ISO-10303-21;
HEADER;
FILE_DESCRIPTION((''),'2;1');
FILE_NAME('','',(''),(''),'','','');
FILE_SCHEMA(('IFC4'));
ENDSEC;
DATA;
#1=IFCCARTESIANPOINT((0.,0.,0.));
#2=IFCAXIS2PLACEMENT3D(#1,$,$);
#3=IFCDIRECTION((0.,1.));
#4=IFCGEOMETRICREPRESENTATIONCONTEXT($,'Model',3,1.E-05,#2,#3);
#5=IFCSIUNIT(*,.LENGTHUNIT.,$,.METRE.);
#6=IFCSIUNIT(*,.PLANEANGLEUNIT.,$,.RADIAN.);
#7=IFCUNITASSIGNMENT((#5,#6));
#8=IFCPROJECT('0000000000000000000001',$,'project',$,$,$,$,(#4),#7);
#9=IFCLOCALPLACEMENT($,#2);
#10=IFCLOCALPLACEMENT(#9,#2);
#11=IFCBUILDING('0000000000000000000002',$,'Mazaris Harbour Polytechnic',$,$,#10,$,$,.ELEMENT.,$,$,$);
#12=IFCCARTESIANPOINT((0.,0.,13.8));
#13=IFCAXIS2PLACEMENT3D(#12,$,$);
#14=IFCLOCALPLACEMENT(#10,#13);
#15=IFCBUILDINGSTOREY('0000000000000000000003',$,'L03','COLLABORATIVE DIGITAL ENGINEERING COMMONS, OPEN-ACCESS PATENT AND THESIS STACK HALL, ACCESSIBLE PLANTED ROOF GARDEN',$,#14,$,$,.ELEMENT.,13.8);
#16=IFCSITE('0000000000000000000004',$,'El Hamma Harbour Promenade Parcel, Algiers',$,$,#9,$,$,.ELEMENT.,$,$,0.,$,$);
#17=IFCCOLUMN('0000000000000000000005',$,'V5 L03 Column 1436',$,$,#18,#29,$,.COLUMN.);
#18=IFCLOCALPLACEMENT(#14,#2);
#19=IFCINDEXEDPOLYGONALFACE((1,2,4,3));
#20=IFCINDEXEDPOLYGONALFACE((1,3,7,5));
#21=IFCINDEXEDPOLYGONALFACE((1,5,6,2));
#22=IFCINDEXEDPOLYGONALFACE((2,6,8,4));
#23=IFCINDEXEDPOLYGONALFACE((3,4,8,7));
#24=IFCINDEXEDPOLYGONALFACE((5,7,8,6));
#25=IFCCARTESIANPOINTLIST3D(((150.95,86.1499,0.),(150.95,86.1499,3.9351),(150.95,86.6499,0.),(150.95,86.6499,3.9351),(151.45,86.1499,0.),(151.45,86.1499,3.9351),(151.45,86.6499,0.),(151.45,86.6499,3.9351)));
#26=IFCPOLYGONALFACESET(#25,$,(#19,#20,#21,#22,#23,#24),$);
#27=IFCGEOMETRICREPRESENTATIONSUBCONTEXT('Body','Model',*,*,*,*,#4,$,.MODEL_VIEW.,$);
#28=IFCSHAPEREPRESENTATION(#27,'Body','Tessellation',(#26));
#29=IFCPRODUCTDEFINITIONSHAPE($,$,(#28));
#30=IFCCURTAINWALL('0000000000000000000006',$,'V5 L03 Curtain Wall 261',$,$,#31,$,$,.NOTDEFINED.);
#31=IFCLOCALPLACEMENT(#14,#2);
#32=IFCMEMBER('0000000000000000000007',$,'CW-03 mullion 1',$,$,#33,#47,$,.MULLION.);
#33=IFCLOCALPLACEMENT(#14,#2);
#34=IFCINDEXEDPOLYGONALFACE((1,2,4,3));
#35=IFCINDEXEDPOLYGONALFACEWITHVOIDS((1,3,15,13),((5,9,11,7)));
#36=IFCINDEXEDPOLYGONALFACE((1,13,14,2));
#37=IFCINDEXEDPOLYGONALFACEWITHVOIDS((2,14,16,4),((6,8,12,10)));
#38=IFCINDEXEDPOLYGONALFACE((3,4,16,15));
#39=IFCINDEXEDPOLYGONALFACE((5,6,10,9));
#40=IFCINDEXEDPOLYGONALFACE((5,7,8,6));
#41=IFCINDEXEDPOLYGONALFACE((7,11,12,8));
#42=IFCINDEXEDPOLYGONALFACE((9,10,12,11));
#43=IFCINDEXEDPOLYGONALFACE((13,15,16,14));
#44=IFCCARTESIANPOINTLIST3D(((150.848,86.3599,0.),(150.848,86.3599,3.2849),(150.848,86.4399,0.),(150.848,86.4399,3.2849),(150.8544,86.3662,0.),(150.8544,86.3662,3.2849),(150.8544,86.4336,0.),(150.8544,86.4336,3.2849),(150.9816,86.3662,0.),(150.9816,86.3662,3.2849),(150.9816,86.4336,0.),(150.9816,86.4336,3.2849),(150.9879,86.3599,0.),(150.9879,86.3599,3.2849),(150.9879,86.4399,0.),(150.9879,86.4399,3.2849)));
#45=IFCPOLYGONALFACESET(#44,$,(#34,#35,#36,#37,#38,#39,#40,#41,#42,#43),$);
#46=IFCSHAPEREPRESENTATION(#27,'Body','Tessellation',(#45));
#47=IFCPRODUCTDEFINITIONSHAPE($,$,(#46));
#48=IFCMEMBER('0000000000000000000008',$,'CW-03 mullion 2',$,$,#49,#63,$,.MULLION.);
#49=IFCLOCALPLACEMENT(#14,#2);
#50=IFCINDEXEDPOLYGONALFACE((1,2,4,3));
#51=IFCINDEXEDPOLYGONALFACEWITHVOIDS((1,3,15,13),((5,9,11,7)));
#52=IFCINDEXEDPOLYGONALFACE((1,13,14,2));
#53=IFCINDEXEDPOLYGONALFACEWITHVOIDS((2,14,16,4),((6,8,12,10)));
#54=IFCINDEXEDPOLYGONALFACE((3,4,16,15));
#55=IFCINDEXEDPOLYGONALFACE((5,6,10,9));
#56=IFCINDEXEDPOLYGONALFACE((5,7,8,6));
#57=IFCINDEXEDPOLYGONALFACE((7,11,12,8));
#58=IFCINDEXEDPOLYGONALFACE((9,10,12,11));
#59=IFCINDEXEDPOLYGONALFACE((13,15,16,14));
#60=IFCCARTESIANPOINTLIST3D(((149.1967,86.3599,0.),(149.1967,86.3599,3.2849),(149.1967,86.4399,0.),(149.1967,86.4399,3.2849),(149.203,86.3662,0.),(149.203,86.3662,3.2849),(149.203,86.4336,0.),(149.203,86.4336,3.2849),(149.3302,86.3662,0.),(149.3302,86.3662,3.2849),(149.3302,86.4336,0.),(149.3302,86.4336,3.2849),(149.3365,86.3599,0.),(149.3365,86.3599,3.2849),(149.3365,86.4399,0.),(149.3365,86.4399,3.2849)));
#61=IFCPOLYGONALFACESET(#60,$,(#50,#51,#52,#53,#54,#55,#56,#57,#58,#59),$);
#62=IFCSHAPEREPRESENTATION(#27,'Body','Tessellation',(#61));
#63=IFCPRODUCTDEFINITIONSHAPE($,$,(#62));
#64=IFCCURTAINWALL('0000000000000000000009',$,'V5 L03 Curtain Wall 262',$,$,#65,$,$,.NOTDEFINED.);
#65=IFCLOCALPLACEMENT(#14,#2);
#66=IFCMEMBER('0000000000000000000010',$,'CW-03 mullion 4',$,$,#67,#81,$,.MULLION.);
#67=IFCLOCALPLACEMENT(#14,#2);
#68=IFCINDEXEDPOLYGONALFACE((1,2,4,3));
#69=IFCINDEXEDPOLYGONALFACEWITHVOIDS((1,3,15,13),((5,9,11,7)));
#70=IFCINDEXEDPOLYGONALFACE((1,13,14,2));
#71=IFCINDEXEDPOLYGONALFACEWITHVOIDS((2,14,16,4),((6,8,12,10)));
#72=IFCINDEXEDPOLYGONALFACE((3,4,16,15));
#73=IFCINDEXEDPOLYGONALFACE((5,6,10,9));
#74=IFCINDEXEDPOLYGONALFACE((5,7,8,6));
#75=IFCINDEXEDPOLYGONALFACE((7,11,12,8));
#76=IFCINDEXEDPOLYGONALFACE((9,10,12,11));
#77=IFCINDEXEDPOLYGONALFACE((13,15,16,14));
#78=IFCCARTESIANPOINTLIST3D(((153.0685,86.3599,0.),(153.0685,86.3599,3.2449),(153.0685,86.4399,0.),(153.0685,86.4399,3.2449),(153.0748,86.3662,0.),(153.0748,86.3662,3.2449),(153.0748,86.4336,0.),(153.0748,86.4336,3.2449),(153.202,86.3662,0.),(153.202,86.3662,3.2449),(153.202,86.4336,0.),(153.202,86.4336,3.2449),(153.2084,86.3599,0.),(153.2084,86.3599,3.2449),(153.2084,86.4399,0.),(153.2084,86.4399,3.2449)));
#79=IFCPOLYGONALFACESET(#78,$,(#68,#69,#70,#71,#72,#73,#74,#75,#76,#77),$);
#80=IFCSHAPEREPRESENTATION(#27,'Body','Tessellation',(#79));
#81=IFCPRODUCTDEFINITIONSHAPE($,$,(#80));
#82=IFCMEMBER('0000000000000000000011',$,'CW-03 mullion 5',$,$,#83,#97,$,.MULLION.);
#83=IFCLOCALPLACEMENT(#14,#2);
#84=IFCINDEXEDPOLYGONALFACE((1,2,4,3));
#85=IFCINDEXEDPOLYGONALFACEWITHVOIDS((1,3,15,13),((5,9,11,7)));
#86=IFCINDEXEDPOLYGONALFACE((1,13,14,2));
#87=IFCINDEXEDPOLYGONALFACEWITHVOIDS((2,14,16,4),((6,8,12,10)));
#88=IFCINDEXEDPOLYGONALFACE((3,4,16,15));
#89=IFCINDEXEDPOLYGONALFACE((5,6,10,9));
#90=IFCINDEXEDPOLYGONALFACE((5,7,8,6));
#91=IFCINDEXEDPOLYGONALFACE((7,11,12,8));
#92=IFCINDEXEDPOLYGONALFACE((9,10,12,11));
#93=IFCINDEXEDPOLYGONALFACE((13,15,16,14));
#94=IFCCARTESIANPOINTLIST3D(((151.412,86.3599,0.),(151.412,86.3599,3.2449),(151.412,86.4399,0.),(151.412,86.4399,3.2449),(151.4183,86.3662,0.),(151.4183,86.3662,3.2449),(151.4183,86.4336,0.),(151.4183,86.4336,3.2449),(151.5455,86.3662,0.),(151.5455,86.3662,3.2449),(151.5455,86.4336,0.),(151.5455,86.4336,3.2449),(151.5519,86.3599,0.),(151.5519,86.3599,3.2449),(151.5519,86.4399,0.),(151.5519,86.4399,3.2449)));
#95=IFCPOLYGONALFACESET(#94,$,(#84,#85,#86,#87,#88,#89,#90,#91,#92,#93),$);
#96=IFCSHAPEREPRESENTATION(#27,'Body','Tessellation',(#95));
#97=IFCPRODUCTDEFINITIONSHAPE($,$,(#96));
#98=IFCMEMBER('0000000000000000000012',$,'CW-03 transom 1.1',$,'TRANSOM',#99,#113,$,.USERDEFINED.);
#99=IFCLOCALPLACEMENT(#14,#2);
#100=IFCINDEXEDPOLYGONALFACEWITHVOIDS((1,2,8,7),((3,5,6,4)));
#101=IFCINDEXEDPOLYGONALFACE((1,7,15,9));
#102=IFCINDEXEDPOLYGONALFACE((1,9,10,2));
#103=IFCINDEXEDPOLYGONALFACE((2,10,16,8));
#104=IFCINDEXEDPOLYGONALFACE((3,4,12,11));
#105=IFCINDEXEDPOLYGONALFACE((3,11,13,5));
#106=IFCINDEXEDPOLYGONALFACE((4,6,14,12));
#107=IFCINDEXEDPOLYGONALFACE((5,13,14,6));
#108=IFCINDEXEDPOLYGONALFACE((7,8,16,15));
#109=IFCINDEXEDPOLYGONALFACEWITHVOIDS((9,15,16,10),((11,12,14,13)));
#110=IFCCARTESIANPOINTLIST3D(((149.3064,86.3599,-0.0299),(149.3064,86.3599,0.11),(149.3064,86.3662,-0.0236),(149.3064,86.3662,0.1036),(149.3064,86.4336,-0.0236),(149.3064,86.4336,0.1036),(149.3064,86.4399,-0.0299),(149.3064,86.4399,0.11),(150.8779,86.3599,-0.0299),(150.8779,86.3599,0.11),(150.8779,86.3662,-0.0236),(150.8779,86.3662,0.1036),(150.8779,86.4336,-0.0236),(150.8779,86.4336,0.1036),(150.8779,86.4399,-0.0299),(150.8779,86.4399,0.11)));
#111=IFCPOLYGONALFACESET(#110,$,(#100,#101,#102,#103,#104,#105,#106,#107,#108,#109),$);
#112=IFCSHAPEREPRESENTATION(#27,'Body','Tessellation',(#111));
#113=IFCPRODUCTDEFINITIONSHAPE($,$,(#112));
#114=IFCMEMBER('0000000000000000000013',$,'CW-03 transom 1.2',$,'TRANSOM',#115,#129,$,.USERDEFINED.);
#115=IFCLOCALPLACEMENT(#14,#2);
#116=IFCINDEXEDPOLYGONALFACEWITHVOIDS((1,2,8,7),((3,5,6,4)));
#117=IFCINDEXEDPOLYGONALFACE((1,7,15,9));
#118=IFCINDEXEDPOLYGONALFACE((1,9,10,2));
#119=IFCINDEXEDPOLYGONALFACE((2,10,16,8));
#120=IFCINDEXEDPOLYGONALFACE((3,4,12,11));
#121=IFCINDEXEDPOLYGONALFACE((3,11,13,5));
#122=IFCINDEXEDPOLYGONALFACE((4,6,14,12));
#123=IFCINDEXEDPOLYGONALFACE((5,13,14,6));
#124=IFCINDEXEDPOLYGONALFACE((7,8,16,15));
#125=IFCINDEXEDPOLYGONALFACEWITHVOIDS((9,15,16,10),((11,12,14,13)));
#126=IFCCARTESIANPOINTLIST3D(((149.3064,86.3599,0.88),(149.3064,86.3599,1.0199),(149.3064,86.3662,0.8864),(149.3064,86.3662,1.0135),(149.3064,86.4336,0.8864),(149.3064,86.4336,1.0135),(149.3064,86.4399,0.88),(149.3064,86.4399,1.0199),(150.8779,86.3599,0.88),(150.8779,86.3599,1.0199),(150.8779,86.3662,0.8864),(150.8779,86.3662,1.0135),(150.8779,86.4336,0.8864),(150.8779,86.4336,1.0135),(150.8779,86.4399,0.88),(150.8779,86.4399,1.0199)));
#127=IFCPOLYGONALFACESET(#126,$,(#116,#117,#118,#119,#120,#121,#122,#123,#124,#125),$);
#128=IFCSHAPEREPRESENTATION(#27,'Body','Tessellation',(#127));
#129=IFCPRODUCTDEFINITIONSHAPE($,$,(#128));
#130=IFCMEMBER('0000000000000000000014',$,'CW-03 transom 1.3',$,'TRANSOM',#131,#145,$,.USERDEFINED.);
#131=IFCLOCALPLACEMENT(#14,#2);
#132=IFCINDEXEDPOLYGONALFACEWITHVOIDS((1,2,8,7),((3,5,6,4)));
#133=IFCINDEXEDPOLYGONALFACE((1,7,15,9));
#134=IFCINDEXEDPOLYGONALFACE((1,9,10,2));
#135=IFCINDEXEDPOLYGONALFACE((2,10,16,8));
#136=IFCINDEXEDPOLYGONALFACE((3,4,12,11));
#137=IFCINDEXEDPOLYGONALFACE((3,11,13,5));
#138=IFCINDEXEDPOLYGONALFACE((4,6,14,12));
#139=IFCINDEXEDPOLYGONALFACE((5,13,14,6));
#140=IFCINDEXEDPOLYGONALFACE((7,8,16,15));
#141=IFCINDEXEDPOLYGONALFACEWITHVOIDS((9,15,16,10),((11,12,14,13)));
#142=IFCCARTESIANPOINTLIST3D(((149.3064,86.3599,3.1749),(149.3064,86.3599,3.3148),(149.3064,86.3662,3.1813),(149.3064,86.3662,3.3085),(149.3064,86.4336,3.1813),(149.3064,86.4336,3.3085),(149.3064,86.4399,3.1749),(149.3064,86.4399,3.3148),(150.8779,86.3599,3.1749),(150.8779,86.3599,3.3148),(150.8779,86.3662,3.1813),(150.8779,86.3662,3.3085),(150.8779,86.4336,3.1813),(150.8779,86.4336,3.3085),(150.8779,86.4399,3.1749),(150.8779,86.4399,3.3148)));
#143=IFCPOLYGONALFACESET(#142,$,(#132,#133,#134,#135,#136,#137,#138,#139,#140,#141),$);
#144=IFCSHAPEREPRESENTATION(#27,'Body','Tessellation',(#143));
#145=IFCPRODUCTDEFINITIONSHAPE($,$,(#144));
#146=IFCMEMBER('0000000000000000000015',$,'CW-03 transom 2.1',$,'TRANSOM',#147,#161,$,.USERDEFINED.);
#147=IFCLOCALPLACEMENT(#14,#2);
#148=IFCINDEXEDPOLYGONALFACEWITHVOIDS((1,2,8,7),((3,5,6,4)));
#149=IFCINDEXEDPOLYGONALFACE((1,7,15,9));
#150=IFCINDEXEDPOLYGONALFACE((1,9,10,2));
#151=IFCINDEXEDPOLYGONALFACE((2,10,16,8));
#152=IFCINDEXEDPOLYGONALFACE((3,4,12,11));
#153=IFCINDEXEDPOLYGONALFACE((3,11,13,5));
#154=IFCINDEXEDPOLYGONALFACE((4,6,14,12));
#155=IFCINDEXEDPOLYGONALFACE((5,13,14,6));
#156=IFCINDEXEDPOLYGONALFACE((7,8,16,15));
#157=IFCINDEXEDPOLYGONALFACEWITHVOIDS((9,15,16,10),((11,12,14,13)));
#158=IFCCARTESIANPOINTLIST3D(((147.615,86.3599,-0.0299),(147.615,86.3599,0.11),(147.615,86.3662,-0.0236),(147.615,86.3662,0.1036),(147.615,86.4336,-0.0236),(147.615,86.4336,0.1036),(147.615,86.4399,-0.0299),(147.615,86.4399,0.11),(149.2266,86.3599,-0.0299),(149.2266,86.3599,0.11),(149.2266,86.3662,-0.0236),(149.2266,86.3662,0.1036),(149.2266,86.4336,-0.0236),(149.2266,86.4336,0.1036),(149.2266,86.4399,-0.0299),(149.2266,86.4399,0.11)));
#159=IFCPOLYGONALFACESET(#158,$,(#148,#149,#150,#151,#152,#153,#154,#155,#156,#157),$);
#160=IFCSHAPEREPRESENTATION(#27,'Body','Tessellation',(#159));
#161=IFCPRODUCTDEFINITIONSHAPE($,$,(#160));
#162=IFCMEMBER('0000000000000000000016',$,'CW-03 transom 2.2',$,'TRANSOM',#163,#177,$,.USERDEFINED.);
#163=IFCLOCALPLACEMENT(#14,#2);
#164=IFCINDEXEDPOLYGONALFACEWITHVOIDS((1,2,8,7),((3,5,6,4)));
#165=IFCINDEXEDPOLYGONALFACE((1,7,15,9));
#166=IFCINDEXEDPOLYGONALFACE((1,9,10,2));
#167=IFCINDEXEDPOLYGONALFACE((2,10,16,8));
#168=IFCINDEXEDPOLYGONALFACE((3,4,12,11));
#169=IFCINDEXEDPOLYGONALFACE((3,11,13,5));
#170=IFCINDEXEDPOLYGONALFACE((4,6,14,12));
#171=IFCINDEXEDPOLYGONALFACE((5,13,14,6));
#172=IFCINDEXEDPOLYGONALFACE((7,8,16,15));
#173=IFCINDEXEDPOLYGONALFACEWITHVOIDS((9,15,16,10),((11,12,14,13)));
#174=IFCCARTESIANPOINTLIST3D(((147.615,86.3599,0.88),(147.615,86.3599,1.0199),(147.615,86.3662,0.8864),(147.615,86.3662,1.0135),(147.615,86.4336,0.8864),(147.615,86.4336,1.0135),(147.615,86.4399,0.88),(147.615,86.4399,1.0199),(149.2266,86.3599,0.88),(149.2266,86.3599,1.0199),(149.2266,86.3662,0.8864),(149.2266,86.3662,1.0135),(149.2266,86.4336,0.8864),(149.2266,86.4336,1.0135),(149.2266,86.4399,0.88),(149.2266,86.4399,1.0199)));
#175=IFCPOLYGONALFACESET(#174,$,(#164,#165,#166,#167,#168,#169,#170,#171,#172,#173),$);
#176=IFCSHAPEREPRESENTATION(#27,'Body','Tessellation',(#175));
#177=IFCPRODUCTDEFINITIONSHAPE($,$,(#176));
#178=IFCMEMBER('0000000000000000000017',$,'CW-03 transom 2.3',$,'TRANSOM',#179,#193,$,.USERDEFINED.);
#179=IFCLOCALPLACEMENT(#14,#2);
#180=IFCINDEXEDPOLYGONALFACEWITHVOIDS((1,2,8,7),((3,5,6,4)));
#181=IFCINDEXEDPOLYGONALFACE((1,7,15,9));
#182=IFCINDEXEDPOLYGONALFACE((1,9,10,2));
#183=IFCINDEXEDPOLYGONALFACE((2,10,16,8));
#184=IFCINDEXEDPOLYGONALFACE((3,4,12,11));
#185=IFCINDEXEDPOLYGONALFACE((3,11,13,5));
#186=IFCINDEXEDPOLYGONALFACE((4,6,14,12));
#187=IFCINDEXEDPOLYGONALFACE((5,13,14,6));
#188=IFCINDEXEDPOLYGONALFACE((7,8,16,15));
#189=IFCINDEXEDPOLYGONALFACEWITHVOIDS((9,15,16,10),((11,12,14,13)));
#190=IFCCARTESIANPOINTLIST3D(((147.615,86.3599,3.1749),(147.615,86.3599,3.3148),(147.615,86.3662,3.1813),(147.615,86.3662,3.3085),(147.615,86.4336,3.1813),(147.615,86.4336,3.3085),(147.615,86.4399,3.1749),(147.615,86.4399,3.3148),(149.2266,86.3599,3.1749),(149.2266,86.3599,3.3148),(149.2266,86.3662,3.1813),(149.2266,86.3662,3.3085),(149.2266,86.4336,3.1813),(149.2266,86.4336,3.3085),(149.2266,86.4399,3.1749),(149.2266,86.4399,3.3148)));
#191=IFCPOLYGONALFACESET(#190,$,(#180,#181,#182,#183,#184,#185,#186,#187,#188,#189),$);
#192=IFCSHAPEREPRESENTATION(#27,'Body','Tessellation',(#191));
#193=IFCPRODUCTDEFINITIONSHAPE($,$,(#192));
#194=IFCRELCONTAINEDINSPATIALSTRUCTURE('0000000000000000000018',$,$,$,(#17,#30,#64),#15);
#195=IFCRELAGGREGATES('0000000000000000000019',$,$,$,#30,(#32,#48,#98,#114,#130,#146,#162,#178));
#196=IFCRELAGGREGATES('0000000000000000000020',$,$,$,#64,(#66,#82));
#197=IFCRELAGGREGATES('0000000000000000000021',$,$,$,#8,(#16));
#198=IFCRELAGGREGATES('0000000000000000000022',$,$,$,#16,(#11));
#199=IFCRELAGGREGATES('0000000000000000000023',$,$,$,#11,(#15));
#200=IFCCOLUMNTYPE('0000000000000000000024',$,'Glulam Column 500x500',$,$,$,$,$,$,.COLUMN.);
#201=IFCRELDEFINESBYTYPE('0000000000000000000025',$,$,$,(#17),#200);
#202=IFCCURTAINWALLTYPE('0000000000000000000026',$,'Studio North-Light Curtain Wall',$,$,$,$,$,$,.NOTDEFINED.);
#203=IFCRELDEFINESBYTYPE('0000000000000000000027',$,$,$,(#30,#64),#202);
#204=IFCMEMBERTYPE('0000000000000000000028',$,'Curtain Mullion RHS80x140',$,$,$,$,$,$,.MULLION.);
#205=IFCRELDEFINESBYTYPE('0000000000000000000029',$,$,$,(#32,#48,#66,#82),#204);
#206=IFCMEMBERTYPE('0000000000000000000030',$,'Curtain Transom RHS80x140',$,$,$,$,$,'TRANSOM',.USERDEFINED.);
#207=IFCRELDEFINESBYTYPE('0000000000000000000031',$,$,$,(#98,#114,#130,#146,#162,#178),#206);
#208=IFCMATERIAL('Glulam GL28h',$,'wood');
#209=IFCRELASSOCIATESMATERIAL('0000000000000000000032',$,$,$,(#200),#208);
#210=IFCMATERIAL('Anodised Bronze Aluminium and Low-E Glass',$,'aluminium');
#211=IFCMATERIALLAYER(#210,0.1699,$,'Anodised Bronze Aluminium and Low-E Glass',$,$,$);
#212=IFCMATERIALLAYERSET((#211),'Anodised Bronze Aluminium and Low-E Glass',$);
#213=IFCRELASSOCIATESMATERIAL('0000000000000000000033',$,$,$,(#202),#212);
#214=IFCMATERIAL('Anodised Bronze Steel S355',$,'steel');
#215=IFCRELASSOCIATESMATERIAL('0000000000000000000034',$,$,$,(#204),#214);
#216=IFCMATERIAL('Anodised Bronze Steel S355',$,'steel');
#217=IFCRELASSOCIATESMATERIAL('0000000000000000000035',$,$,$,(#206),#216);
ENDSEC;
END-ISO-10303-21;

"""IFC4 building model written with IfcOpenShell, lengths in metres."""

from ifc_helpers import new_model, si_unit, direction, frame, origin, origin_2d, place, context, subcontext, project, spatial, rectangle, hollow_rectangle, extrude, material, layer, layer_set, material_profile, profile_set, type_object, element, aggregate, save


model = new_model("IFC4")

# Units and contexts
model_context = context("Model", 3, precision=1e-05, world=origin(), true_north=direction((0.0, 1.0)))
body_context = subcontext(model_context, "Body", "Model", "MODEL_VIEW")
ifc_project = project(units=[si_unit("LENGTHUNIT", "METRE"), si_unit("PLANEANGLEUNIT", "RADIAN")], contexts=[model_context])

# Site, building, storey
site_placement = place(None, origin())
site = spatial("IfcSite", under=ifc_project, at=site_placement, Name="El Hamma Harbour Promenade Parcel, Algiers", CompositionType="ELEMENT", RefElevation=0.0)
building_placement = place(site_placement, origin())
building = spatial("IfcBuilding", under=site, at=building_placement, Name="Mazaris Harbour Polytechnic", CompositionType="ELEMENT")
storey_placement = place(building_placement, frame((0.0, 0.0, 13.8)))
storey = spatial("IfcBuildingStorey", under=building, at=storey_placement, Name="L03", Description="COLLABORATIVE DIGITAL ENGINEERING COMMONS, OPEN-ACCESS PATENT AND THESIS STACK HALL, ACCESSIBLE PLANTED ROOF GARDEN", CompositionType="ELEMENT", Elevation=13.8)

# Column
ifc_material_1 = material(Name="Glulam GL28h", Category="wood")
ifc_material_profile_1 = material_profile(ifc_material_1, rectangle(XDim=0.5, YDim=0.5, at=origin_2d()), Name="RECT500x500")
ifc_profile_set_1 = profile_set([ifc_material_profile_1], Name="Glulam GL28h")
column_type = type_object("IfcColumnType", Name="Glulam Column 500x500", PredefinedType="COLUMN", material=ifc_profile_set_1)
column_placement = place(storey_placement, frame((151.2, 86.3999, 0.0), z_axis=(0.0, 0.0, 1.0), x_axis=(1.0, 0.0, 0.0)))
element("IfcColumn", 1, at=column_placement, inside=storey, type_object=column_type, Name="V5 L03 Column 1436", PredefinedType="COLUMN", context=body_context, shape_type="SweptSolid", body=[
    extrude(rectangle(XDim=0.5, YDim=0.5, at=origin_2d()), origin(), (0.0, 0.0, 1.0), 3.9351),
])

# Curtain walls, members
ifc_material_2 = material(Name="Anodised Bronze Aluminium and Low-E Glass", Category="aluminium")
ifc_layer_1 = layer(ifc_material_2, 0.1699, Name="Anodised Bronze Aluminium and Low-E Glass")
ifc_layer_set_1 = layer_set([ifc_layer_1], Name="Anodised Bronze Aluminium and Low-E Glass")
curtain_wall_type = type_object("IfcCurtainWallType", Name="Studio North-Light Curtain Wall", PredefinedType="NOTDEFINED", material=ifc_layer_set_1)
curtain_wall_1_placement = place(storey_placement, origin())
curtain_wall_1 = element("IfcCurtainWall", 2, at=curtain_wall_1_placement, inside=storey, type_object=curtain_wall_type, Name="V5 L03 Curtain Wall 261", PredefinedType="NOTDEFINED")
ifc_material_3 = material(Name="Anodised Bronze Steel S355", Category="steel")
ifc_material_profile_2 = material_profile(ifc_material_3, hollow_rectangle(XDim=0.0801, YDim=0.1399, WallThickness=0.0063, at=origin_2d()), Name="RHS 80x140x6.3")
ifc_profile_set_2 = profile_set([ifc_material_profile_2], Name="Anodised Bronze Steel S355")
member_type_1 = type_object("IfcMemberType", Name="Curtain Mullion RHS80x140", PredefinedType="MULLION", material=ifc_profile_set_2)
member_1_placement = place(storey_placement, frame((150.918, 86.3999, 0.0), z_axis=(0.0, 0.0, 1.0), x_axis=(0.0, -1.0, 0.0)))
member_1 = element("IfcMember", 3, at=member_1_placement, type_object=member_type_1, Name="CW-03 mullion 1", PredefinedType="MULLION", context=body_context, shape_type="SweptSolid", body=[
    extrude(hollow_rectangle(XDim=0.0801, YDim=0.1399, WallThickness=0.0063, at=origin_2d()), origin(), (0.0, 0.0, 1.0), 3.2849),
])
member_2_placement = place(storey_placement, frame((149.2666, 86.3999, 0.0), z_axis=(0.0, 0.0, 1.0), x_axis=(0.0, -1.0, 0.0)))
member_2 = element("IfcMember", 4, at=member_2_placement, type_object=member_type_1, Name="CW-03 mullion 2", PredefinedType="MULLION", context=body_context, shape_type="SweptSolid", body=[
    extrude(hollow_rectangle(XDim=0.0801, YDim=0.1399, WallThickness=0.0063, at=origin_2d()), origin(), (0.0, 0.0, 1.0), 3.2849),
])
curtain_wall_2_placement = place(storey_placement, origin())
curtain_wall_2 = element("IfcCurtainWall", 5, at=curtain_wall_2_placement, inside=storey, type_object=curtain_wall_type, Name="V5 L03 Curtain Wall 262", PredefinedType="NOTDEFINED")
member_3_placement = place(storey_placement, frame((153.1384, 86.3999, 0.0), z_axis=(0.0, 0.0, 1.0), x_axis=(0.0, -1.0, 0.0)))
member_3 = element("IfcMember", 6, at=member_3_placement, type_object=member_type_1, Name="CW-03 mullion 4", PredefinedType="MULLION", context=body_context, shape_type="SweptSolid", body=[
    extrude(hollow_rectangle(XDim=0.0801, YDim=0.1399, WallThickness=0.0063, at=origin_2d()), origin(), (0.0, 0.0, 1.0), 3.2449),
])
member_4_placement = place(storey_placement, frame((151.4819, 86.3999, 0.0), z_axis=(0.0, 0.0, 1.0), x_axis=(0.0, -1.0, 0.0)))
member_4 = element("IfcMember", 7, at=member_4_placement, type_object=member_type_1, Name="CW-03 mullion 5", PredefinedType="MULLION", context=body_context, shape_type="SweptSolid", body=[
    extrude(hollow_rectangle(XDim=0.0801, YDim=0.1399, WallThickness=0.0063, at=origin_2d()), origin(), (0.0, 0.0, 1.0), 3.2449),
])

# Members
ifc_material_4 = material(Name="Anodised Bronze Steel S355", Category="steel")
ifc_material_profile_3 = material_profile(ifc_material_4, hollow_rectangle(XDim=0.0801, YDim=0.1399, WallThickness=0.0063, at=origin_2d()), Name="RHS 80x140x6.3")
ifc_profile_set_3 = profile_set([ifc_material_profile_3], Name="Anodised Bronze Steel S355")
member_type_2 = type_object("IfcMemberType", Name="Curtain Transom RHS80x140", ElementType="TRANSOM", PredefinedType="USERDEFINED", material=ifc_profile_set_3)
member_5_placement = place(storey_placement, frame((150.8779, 86.3999, 0.04), z_axis=(-1.0, 0.0, 0.0), x_axis=(0.0, -1.0, 0.0)))
member_5 = element("IfcMember", 8, at=member_5_placement, type_object=member_type_2, Name="CW-03 transom 1.1", ObjectType="TRANSOM", PredefinedType="USERDEFINED", context=body_context, shape_type="SweptSolid", body=[
    extrude(hollow_rectangle(XDim=0.0801, YDim=0.1399, WallThickness=0.0063, at=origin_2d()), origin(), (0.0, 0.0, 1.0), 1.5715),
])
member_6_placement = place(storey_placement, frame((150.8779, 86.3999, 0.95), z_axis=(-1.0, 0.0, 0.0), x_axis=(0.0, -1.0, 0.0)))
member_6 = element("IfcMember", 9, at=member_6_placement, type_object=member_type_2, Name="CW-03 transom 1.2", ObjectType="TRANSOM", PredefinedType="USERDEFINED", context=body_context, shape_type="SweptSolid", body=[
    extrude(hollow_rectangle(XDim=0.0801, YDim=0.1399, WallThickness=0.0063, at=origin_2d()), origin(), (0.0, 0.0, 1.0), 1.5715),
])
member_7_placement = place(storey_placement, frame((150.8779, 86.3999, 3.2449), z_axis=(-1.0, 0.0, 0.0), x_axis=(0.0, -1.0, 0.0)))
member_7 = element("IfcMember", 10, at=member_7_placement, type_object=member_type_2, Name="CW-03 transom 1.3", ObjectType="TRANSOM", PredefinedType="USERDEFINED", context=body_context, shape_type="SweptSolid", body=[
    extrude(hollow_rectangle(XDim=0.0801, YDim=0.1399, WallThickness=0.0063, at=origin_2d()), origin(), (0.0, 0.0, 1.0), 1.5715),
])
member_8_placement = place(storey_placement, frame((149.2266, 86.3999, 0.04), z_axis=(-1.0, 0.0, 0.0), x_axis=(0.0, -1.0, 0.0)))
member_8 = element("IfcMember", 11, at=member_8_placement, type_object=member_type_2, Name="CW-03 transom 2.1", ObjectType="TRANSOM", PredefinedType="USERDEFINED", context=body_context, shape_type="SweptSolid", body=[
    extrude(hollow_rectangle(XDim=0.0801, YDim=0.1399, WallThickness=0.0063, at=origin_2d()), origin(), (0.0, 0.0, 1.0), 1.6116),
])
member_9_placement = place(storey_placement, frame((149.2266, 86.3999, 0.95), z_axis=(-1.0, 0.0, 0.0), x_axis=(0.0, -1.0, 0.0)))
member_9 = element("IfcMember", 12, at=member_9_placement, type_object=member_type_2, Name="CW-03 transom 2.2", ObjectType="TRANSOM", PredefinedType="USERDEFINED", context=body_context, shape_type="SweptSolid", body=[
    extrude(hollow_rectangle(XDim=0.0801, YDim=0.1399, WallThickness=0.0063, at=origin_2d()), origin(), (0.0, 0.0, 1.0), 1.6116),
])
member_10_placement = place(storey_placement, frame((149.2266, 86.3999, 3.2449), z_axis=(-1.0, 0.0, 0.0), x_axis=(0.0, -1.0, 0.0)))
member_10 = element("IfcMember", 13, at=member_10_placement, type_object=member_type_2, Name="CW-03 transom 2.3", ObjectType="TRANSOM", PredefinedType="USERDEFINED", context=body_context, shape_type="SweptSolid", body=[
    extrude(hollow_rectangle(XDim=0.0801, YDim=0.1399, WallThickness=0.0063, at=origin_2d()), origin(), (0.0, 0.0, 1.0), 1.6116),
])

aggregate(curtain_wall_1, [member_1, member_2, member_5, member_6, member_7, member_8, member_9, member_10])
aggregate(curtain_wall_2, [member_3, member_4])

save(model, "model.ifc")
